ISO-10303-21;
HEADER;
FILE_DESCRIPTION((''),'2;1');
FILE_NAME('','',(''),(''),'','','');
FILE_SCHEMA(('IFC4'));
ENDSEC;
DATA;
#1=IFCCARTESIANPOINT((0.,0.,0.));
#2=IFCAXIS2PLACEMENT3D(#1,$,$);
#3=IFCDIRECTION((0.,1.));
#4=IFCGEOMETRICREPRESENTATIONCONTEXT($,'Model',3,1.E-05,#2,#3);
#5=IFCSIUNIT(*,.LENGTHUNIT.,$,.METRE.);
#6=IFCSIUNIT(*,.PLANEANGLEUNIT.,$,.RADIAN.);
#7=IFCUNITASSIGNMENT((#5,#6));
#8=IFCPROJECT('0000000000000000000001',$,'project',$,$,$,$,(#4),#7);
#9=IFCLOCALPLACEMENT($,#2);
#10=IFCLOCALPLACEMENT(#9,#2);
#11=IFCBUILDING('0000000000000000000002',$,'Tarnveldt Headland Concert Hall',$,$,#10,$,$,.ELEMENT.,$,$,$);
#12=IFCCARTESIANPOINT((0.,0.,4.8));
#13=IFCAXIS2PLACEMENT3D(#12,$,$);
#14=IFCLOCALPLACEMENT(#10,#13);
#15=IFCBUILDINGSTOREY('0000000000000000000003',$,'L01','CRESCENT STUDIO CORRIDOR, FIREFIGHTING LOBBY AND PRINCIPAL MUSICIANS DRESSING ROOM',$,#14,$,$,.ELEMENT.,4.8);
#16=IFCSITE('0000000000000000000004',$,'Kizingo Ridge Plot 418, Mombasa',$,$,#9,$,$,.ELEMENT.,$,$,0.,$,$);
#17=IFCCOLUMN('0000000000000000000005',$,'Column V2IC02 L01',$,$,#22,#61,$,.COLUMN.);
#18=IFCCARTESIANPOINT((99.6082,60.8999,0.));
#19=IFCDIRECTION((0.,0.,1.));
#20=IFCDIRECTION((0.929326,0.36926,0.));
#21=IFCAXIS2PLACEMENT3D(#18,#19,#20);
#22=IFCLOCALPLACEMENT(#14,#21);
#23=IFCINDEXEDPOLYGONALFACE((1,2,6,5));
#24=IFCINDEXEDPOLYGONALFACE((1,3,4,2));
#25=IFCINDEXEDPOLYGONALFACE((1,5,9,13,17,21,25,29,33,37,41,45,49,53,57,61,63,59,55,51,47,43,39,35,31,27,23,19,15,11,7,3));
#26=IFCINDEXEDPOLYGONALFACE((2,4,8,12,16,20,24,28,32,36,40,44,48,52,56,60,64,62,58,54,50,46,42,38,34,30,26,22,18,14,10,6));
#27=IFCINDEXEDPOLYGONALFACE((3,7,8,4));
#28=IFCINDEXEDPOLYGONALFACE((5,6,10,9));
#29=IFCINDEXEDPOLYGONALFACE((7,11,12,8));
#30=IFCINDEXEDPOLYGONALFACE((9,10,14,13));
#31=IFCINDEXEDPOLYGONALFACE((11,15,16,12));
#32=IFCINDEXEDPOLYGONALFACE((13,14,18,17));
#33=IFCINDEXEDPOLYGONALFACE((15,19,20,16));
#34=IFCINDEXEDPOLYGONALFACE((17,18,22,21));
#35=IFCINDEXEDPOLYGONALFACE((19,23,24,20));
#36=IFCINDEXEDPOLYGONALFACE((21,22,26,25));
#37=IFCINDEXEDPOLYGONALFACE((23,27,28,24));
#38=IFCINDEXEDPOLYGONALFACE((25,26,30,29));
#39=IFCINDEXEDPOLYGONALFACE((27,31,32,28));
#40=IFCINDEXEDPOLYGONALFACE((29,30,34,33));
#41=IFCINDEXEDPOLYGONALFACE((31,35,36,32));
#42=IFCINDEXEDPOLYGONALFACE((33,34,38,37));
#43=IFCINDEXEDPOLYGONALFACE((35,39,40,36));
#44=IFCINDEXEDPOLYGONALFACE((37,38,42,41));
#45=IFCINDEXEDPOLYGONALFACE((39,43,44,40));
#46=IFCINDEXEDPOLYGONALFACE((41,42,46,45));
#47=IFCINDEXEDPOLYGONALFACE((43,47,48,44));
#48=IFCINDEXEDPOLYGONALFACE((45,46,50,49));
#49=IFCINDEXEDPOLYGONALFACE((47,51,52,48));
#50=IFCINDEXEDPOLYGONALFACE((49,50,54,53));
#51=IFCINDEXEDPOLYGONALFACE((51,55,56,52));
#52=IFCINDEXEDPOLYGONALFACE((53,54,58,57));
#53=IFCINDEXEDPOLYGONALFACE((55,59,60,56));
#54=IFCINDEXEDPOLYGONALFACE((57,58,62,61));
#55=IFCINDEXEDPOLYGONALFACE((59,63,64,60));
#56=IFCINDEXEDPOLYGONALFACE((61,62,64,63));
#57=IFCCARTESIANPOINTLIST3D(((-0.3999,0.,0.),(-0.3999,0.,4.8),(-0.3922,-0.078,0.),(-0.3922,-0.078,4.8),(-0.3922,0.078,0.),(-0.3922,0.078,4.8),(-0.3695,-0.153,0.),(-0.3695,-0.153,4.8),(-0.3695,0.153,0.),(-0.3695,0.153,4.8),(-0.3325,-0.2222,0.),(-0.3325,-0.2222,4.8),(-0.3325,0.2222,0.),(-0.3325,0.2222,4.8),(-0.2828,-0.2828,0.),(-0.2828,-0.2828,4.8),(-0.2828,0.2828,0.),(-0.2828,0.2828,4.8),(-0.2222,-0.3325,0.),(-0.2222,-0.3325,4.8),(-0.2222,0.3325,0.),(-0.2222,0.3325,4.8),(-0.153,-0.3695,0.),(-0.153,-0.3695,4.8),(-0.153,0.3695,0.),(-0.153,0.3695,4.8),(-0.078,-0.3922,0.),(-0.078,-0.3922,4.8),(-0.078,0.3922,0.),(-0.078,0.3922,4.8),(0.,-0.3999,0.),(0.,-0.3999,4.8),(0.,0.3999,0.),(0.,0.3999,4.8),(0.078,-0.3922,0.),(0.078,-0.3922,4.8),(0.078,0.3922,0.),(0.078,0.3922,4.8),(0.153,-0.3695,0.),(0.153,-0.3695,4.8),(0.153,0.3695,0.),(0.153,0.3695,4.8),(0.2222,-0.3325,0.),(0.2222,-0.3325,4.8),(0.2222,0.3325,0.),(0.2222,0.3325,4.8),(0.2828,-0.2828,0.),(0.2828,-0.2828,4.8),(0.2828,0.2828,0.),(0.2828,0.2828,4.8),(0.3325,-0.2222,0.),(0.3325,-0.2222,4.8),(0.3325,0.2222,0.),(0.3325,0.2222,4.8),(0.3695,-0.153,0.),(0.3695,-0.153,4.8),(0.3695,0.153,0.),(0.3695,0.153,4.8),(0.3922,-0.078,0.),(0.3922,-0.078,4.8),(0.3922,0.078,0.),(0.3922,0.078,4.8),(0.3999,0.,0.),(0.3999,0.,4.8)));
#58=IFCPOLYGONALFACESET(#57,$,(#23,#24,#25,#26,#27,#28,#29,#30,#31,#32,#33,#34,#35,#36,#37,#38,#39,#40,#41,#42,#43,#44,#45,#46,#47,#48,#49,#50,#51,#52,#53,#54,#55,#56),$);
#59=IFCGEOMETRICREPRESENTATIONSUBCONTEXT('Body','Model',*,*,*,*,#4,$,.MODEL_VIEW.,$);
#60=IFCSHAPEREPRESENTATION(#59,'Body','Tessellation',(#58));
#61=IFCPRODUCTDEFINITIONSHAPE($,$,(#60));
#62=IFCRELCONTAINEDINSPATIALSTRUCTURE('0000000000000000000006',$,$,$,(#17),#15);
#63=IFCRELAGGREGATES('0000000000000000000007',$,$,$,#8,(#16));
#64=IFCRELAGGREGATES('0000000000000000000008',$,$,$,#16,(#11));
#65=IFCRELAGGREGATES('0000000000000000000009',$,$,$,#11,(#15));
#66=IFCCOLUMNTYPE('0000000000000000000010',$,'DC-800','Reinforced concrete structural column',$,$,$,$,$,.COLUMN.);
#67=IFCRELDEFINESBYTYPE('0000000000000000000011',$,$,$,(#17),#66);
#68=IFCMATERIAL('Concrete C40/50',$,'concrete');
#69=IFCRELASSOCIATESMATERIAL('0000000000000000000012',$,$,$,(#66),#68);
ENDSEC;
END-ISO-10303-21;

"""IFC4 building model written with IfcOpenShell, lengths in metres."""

from ifc_helpers import new_model, si_unit, direction, frame, origin, origin_2d, place, context, subcontext, project, spatial, circle, extrude, material, material_profile, profile_set, type_object, element, save


model = new_model("IFC4")

# Units and contexts
model_context = context("Model", 3, precision=1e-05, world=origin(), true_north=direction((0.0, 1.0)))
body_context = subcontext(model_context, "Body", "Model", "MODEL_VIEW")
ifc_project = project(units=[si_unit("LENGTHUNIT", "METRE"), si_unit("PLANEANGLEUNIT", "RADIAN")], contexts=[model_context])

# Site, building, storey
site_placement = place(None, origin())
site = spatial("IfcSite", under=ifc_project, at=site_placement, Name="Kizingo Ridge Plot 418, Mombasa", CompositionType="ELEMENT", RefElevation=0.0)
building_placement = place(site_placement, origin())
building = spatial("IfcBuilding", under=site, at=building_placement, Name="Tarnveldt Headland Concert Hall", CompositionType="ELEMENT")
storey_placement = place(building_placement, frame((0.0, 0.0, 4.8)))
storey = spatial("IfcBuildingStorey", under=building, at=storey_placement, Name="L01", Description="CRESCENT STUDIO CORRIDOR, FIREFIGHTING LOBBY AND PRINCIPAL MUSICIANS DRESSING ROOM", CompositionType="ELEMENT", Elevation=4.8)

# Column
ifc_material_1 = material(Name="Concrete C40/50", Category="concrete")
ifc_material_profile_1 = material_profile(ifc_material_1, circle(Radius=0.3999, at=origin_2d()), Name="RC D800", Category="concrete")
ifc_profile_set_1 = profile_set([ifc_material_profile_1], Name="Concrete C40/50")
column_type = type_object("IfcColumnType", Name="DC-800", Description="Reinforced concrete structural column", PredefinedType="COLUMN", material=ifc_profile_set_1)
for number, where, z_axis, x_axis, name in (
    (1, (99.6082, 60.8999, 0.0), (0.0, 0.0, 1.0), (0.929326, 0.36926, 0.0), "Column V2IC02 L01"),
):
    element("IfcColumn", number, at=place(storey_placement, frame(where, z_axis=z_axis, x_axis=x_axis)), inside=storey, type_object=column_type, Name=name, PredefinedType="COLUMN", context=body_context, shape_type="SweptSolid", body=[
        extrude(circle(Radius=0.3999, at=origin_2d()), origin(), (0.0, 0.0, 1.0), 4.8),
    ])

save(model, "model.ifc")
